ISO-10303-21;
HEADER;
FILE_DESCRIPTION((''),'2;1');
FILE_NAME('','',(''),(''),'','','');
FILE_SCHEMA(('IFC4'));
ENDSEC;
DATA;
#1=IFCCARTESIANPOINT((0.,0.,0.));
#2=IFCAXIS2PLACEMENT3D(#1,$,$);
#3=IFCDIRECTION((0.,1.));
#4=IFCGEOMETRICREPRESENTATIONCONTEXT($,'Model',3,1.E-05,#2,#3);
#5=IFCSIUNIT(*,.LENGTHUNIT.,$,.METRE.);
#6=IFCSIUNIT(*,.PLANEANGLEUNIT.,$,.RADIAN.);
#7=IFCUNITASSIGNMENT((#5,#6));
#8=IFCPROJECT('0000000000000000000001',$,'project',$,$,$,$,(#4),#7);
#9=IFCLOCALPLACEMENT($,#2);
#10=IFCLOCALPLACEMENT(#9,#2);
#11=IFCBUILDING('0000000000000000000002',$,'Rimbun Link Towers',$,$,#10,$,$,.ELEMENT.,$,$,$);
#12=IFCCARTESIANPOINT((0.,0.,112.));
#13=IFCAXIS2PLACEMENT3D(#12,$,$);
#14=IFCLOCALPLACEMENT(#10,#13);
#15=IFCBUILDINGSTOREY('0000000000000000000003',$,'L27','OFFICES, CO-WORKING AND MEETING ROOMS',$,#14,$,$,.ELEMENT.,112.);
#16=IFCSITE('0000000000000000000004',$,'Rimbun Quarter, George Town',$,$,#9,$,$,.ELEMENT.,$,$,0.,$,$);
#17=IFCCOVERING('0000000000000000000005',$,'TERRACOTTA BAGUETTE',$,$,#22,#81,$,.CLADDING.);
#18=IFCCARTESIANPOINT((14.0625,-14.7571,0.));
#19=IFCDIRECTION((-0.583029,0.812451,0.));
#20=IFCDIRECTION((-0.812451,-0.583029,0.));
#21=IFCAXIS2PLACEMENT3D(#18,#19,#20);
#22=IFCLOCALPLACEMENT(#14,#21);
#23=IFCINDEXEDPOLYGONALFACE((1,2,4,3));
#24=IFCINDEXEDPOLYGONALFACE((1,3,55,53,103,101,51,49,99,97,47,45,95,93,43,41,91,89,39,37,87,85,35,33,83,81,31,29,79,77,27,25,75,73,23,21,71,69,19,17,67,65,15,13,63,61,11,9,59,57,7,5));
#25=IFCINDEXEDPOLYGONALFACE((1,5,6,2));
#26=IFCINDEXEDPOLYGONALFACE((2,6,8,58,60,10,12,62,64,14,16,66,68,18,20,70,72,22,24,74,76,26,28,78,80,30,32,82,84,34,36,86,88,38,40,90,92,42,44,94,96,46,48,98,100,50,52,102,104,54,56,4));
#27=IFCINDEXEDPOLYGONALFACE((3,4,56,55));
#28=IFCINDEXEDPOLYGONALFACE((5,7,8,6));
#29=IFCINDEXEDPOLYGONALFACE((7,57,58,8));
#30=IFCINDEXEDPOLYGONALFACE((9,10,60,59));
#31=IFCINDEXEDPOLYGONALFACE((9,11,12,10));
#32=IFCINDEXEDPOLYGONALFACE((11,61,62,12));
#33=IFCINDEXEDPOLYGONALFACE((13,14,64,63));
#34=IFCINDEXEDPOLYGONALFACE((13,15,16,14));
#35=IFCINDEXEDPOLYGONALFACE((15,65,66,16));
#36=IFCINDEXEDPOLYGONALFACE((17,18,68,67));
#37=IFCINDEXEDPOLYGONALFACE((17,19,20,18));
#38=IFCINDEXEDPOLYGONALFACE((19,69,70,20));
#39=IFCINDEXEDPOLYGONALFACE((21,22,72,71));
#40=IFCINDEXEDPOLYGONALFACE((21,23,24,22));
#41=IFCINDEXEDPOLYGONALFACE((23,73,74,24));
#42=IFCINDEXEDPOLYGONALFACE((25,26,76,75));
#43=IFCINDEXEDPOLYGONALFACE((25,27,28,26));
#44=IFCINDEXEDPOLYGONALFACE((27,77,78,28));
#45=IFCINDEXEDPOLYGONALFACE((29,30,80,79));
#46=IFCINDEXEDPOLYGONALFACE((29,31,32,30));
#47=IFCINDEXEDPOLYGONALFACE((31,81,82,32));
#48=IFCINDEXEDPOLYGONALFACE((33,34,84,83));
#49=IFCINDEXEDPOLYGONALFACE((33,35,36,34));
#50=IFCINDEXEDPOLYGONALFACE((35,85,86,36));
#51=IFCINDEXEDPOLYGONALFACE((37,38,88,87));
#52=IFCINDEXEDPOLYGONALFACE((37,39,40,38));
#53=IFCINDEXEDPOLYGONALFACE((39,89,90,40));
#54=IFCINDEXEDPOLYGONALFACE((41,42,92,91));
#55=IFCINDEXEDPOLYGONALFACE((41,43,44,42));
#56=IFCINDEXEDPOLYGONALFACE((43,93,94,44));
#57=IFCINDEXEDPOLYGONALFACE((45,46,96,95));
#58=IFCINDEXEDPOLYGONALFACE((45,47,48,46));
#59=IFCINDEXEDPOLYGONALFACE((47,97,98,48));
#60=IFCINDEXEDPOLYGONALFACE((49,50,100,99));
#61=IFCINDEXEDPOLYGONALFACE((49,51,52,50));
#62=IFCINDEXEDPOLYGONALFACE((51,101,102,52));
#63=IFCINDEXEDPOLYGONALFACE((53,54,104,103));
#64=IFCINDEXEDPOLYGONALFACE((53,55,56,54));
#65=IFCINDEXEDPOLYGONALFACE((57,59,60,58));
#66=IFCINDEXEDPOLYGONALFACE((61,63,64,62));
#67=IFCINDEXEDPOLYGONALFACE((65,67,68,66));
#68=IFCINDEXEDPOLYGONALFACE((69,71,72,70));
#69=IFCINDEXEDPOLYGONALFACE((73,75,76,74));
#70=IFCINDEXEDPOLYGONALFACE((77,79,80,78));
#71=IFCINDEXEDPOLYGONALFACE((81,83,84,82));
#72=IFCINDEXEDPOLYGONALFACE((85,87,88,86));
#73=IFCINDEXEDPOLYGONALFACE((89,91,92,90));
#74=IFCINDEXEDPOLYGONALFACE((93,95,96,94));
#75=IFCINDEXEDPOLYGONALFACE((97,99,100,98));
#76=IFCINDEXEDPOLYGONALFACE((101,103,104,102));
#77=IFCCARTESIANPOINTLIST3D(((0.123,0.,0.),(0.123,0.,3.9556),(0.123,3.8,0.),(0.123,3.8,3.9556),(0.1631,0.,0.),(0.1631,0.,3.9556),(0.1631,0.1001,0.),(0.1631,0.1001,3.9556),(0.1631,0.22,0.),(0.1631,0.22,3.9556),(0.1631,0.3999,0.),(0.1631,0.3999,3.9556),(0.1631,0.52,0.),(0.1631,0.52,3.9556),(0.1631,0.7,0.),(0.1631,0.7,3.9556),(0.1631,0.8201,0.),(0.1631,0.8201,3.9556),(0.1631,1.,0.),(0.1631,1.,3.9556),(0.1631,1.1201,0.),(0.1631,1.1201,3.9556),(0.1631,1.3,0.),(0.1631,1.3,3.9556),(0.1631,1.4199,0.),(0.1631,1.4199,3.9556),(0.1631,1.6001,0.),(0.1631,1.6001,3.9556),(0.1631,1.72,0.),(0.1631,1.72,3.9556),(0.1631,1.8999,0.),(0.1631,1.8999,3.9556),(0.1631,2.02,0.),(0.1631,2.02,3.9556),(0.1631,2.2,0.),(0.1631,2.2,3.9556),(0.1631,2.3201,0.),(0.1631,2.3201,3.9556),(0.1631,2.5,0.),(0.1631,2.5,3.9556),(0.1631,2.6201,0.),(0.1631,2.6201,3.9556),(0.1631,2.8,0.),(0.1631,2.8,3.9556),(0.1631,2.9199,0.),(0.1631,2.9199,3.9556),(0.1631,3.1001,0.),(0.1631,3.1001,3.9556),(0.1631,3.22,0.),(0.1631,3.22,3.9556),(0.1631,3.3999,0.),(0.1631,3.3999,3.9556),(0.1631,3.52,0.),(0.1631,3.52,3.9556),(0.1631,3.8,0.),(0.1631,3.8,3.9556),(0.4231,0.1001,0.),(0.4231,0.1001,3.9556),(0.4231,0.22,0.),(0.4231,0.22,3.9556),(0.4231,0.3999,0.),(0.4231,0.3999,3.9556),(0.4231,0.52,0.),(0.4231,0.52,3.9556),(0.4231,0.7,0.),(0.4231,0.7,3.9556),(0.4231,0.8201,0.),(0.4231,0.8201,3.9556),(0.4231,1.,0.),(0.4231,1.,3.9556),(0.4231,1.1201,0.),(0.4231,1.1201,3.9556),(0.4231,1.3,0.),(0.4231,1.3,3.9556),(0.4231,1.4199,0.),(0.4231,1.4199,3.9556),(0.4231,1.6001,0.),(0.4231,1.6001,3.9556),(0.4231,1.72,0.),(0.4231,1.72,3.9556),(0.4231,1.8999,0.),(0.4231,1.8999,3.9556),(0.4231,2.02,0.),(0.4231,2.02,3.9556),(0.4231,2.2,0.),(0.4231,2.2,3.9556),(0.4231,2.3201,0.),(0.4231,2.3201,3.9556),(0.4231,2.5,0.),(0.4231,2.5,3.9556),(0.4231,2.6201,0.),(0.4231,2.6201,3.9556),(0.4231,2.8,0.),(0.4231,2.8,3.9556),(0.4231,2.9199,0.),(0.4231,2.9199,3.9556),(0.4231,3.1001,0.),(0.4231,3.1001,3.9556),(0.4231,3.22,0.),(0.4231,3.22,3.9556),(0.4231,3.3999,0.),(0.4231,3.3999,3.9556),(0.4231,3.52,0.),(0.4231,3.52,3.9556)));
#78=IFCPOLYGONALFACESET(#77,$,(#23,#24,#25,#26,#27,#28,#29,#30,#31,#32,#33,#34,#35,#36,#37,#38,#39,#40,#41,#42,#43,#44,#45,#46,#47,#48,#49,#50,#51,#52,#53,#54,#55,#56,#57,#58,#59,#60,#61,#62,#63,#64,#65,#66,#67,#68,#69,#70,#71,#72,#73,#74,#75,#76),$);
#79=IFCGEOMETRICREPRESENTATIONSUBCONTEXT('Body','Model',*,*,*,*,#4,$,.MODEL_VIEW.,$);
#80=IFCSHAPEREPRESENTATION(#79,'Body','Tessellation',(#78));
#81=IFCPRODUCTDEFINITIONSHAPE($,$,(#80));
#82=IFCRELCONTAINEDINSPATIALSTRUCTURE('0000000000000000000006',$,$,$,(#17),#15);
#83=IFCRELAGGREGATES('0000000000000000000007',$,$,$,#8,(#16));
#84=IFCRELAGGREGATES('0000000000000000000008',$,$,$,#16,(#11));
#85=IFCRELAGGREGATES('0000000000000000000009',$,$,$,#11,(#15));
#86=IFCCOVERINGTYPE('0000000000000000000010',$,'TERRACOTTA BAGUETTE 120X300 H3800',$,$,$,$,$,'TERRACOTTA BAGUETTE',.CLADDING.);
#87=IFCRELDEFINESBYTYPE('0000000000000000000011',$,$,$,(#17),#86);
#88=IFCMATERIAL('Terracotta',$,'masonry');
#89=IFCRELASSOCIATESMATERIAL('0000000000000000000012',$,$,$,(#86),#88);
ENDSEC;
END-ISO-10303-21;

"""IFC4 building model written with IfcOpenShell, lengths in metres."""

from ifc_helpers import new_model, si_unit, direction, frame, origin, place, context, subcontext, project, spatial, polyline, outline, extrude, material, material_profile, profile_set, type_object, element, save


model = new_model("IFC4")

# Units and contexts
model_context = context("Model", 3, precision=1e-05, world=origin(), true_north=direction((0.0, 1.0)))
body_context = subcontext(model_context, "Body", "Model", "MODEL_VIEW")
ifc_project = project(units=[si_unit("LENGTHUNIT", "METRE"), si_unit("PLANEANGLEUNIT", "RADIAN")], contexts=[model_context])

# Site, building, storey
site_placement = place(None, origin())
site = spatial("IfcSite", under=ifc_project, at=site_placement, Name="Rimbun Quarter, George Town", CompositionType="ELEMENT", RefElevation=0.0)
building_placement = place(site_placement, origin())
building = spatial("IfcBuilding", under=site, at=building_placement, Name="Rimbun Link Towers", CompositionType="ELEMENT")
storey_placement = place(building_placement, frame((0.0, 0.0, 112.0)))
storey = spatial("IfcBuildingStorey", under=building, at=storey_placement, Name="L27", Description="OFFICES, CO-WORKING AND MEETING ROOMS", CompositionType="ELEMENT", Elevation=112.0)

# Covering
ifc_material_1 = material(Name="Terracotta", Category="masonry")
ifc_material_profile_1 = material_profile(ifc_material_1, outline(polyline([(0.123, 0.0), (0.1631, 0.0), (0.1631, 0.1001), (0.4231, 0.1001), (0.4231, 0.22), (0.1631, 0.22), (0.1631, 0.3999), (0.4231, 0.3999), (0.4231, 0.52), (0.1631, 0.52), (0.1631, 0.7), (0.4231, 0.7), (0.4231, 0.8201), (0.1631, 0.8201), (0.1631, 1.0), (0.4231, 1.0), (0.4231, 1.1201), (0.1631, 1.1201), (0.1631, 1.3), (0.4231, 1.3), (0.4231, 1.4199), (0.1631, 1.4199), (0.1631, 1.6001), (0.4231, 1.6001), (0.4231, 1.72), (0.1631, 1.72), (0.1631, 1.8999), (0.4231, 1.8999), (0.4231, 2.02), (0.1631, 2.02), (0.1631, 2.2), (0.4231, 2.2), (0.4231, 2.3201), (0.1631, 2.3201), (0.1631, 2.5), (0.4231, 2.5), (0.4231, 2.6201), (0.1631, 2.6201), (0.1631, 2.8), (0.4231, 2.8), (0.4231, 2.9199), (0.1631, 2.9199), (0.1631, 3.1001), (0.4231, 3.1001), (0.4231, 3.22), (0.1631, 3.22), (0.1631, 3.3999), (0.4231, 3.3999), (0.4231, 3.52), (0.1631, 3.52), (0.1631, 3.8), (0.123, 3.8), (0.123, 0.0)])), Name="BAGUETTE 120X300")
ifc_profile_set_1 = profile_set([ifc_material_profile_1], Name="Terracotta")
covering_type = type_object("IfcCoveringType", Name="TERRACOTTA BAGUETTE 120X300 H3800", ElementType="TERRACOTTA BAGUETTE", PredefinedType="CLADDING", material=ifc_profile_set_1)
covering_placement = place(storey_placement, frame((14.0625, -14.7571, 0.0), z_axis=(-0.583029, 0.812451, 0.0), x_axis=(-0.812451, -0.583029, 0.0)))
element("IfcCovering", 1, at=covering_placement, inside=storey, type_object=covering_type, Name="TERRACOTTA BAGUETTE", PredefinedType="CLADDING", context=body_context, shape_type="SweptSolid", body=[
    extrude(outline(polyline([(0.123, 0.0), (0.1631, 0.0), (0.1631, 0.1001), (0.4231, 0.1001), (0.4231, 0.22), (0.1631, 0.22), (0.1631, 0.3999), (0.4231, 0.3999), (0.4231, 0.52), (0.1631, 0.52), (0.1631, 0.7), (0.4231, 0.7), (0.4231, 0.8201), (0.1631, 0.8201), (0.1631, 1.0), (0.4231, 1.0), (0.4231, 1.1201), (0.1631, 1.1201), (0.1631, 1.3), (0.4231, 1.3), (0.4231, 1.4199), (0.1631, 1.4199), (0.1631, 1.6001), (0.4231, 1.6001), (0.4231, 1.72), (0.1631, 1.72), (0.1631, 1.8999), (0.4231, 1.8999), (0.4231, 2.02), (0.1631, 2.02), (0.1631, 2.2), (0.4231, 2.2), (0.4231, 2.3201), (0.1631, 2.3201), (0.1631, 2.5), (0.4231, 2.5), (0.4231, 2.6201), (0.1631, 2.6201), (0.1631, 2.8), (0.4231, 2.8), (0.4231, 2.9199), (0.1631, 2.9199), (0.1631, 3.1001), (0.4231, 3.1001), (0.4231, 3.22), (0.1631, 3.22), (0.1631, 3.3999), (0.4231, 3.3999), (0.4231, 3.52), (0.1631, 3.52), (0.1631, 3.8), (0.123, 3.8), (0.123, 0.0)])), origin(), (0.0, 0.0, 1.0), 3.9556),
])

save(model, "model.ifc")
